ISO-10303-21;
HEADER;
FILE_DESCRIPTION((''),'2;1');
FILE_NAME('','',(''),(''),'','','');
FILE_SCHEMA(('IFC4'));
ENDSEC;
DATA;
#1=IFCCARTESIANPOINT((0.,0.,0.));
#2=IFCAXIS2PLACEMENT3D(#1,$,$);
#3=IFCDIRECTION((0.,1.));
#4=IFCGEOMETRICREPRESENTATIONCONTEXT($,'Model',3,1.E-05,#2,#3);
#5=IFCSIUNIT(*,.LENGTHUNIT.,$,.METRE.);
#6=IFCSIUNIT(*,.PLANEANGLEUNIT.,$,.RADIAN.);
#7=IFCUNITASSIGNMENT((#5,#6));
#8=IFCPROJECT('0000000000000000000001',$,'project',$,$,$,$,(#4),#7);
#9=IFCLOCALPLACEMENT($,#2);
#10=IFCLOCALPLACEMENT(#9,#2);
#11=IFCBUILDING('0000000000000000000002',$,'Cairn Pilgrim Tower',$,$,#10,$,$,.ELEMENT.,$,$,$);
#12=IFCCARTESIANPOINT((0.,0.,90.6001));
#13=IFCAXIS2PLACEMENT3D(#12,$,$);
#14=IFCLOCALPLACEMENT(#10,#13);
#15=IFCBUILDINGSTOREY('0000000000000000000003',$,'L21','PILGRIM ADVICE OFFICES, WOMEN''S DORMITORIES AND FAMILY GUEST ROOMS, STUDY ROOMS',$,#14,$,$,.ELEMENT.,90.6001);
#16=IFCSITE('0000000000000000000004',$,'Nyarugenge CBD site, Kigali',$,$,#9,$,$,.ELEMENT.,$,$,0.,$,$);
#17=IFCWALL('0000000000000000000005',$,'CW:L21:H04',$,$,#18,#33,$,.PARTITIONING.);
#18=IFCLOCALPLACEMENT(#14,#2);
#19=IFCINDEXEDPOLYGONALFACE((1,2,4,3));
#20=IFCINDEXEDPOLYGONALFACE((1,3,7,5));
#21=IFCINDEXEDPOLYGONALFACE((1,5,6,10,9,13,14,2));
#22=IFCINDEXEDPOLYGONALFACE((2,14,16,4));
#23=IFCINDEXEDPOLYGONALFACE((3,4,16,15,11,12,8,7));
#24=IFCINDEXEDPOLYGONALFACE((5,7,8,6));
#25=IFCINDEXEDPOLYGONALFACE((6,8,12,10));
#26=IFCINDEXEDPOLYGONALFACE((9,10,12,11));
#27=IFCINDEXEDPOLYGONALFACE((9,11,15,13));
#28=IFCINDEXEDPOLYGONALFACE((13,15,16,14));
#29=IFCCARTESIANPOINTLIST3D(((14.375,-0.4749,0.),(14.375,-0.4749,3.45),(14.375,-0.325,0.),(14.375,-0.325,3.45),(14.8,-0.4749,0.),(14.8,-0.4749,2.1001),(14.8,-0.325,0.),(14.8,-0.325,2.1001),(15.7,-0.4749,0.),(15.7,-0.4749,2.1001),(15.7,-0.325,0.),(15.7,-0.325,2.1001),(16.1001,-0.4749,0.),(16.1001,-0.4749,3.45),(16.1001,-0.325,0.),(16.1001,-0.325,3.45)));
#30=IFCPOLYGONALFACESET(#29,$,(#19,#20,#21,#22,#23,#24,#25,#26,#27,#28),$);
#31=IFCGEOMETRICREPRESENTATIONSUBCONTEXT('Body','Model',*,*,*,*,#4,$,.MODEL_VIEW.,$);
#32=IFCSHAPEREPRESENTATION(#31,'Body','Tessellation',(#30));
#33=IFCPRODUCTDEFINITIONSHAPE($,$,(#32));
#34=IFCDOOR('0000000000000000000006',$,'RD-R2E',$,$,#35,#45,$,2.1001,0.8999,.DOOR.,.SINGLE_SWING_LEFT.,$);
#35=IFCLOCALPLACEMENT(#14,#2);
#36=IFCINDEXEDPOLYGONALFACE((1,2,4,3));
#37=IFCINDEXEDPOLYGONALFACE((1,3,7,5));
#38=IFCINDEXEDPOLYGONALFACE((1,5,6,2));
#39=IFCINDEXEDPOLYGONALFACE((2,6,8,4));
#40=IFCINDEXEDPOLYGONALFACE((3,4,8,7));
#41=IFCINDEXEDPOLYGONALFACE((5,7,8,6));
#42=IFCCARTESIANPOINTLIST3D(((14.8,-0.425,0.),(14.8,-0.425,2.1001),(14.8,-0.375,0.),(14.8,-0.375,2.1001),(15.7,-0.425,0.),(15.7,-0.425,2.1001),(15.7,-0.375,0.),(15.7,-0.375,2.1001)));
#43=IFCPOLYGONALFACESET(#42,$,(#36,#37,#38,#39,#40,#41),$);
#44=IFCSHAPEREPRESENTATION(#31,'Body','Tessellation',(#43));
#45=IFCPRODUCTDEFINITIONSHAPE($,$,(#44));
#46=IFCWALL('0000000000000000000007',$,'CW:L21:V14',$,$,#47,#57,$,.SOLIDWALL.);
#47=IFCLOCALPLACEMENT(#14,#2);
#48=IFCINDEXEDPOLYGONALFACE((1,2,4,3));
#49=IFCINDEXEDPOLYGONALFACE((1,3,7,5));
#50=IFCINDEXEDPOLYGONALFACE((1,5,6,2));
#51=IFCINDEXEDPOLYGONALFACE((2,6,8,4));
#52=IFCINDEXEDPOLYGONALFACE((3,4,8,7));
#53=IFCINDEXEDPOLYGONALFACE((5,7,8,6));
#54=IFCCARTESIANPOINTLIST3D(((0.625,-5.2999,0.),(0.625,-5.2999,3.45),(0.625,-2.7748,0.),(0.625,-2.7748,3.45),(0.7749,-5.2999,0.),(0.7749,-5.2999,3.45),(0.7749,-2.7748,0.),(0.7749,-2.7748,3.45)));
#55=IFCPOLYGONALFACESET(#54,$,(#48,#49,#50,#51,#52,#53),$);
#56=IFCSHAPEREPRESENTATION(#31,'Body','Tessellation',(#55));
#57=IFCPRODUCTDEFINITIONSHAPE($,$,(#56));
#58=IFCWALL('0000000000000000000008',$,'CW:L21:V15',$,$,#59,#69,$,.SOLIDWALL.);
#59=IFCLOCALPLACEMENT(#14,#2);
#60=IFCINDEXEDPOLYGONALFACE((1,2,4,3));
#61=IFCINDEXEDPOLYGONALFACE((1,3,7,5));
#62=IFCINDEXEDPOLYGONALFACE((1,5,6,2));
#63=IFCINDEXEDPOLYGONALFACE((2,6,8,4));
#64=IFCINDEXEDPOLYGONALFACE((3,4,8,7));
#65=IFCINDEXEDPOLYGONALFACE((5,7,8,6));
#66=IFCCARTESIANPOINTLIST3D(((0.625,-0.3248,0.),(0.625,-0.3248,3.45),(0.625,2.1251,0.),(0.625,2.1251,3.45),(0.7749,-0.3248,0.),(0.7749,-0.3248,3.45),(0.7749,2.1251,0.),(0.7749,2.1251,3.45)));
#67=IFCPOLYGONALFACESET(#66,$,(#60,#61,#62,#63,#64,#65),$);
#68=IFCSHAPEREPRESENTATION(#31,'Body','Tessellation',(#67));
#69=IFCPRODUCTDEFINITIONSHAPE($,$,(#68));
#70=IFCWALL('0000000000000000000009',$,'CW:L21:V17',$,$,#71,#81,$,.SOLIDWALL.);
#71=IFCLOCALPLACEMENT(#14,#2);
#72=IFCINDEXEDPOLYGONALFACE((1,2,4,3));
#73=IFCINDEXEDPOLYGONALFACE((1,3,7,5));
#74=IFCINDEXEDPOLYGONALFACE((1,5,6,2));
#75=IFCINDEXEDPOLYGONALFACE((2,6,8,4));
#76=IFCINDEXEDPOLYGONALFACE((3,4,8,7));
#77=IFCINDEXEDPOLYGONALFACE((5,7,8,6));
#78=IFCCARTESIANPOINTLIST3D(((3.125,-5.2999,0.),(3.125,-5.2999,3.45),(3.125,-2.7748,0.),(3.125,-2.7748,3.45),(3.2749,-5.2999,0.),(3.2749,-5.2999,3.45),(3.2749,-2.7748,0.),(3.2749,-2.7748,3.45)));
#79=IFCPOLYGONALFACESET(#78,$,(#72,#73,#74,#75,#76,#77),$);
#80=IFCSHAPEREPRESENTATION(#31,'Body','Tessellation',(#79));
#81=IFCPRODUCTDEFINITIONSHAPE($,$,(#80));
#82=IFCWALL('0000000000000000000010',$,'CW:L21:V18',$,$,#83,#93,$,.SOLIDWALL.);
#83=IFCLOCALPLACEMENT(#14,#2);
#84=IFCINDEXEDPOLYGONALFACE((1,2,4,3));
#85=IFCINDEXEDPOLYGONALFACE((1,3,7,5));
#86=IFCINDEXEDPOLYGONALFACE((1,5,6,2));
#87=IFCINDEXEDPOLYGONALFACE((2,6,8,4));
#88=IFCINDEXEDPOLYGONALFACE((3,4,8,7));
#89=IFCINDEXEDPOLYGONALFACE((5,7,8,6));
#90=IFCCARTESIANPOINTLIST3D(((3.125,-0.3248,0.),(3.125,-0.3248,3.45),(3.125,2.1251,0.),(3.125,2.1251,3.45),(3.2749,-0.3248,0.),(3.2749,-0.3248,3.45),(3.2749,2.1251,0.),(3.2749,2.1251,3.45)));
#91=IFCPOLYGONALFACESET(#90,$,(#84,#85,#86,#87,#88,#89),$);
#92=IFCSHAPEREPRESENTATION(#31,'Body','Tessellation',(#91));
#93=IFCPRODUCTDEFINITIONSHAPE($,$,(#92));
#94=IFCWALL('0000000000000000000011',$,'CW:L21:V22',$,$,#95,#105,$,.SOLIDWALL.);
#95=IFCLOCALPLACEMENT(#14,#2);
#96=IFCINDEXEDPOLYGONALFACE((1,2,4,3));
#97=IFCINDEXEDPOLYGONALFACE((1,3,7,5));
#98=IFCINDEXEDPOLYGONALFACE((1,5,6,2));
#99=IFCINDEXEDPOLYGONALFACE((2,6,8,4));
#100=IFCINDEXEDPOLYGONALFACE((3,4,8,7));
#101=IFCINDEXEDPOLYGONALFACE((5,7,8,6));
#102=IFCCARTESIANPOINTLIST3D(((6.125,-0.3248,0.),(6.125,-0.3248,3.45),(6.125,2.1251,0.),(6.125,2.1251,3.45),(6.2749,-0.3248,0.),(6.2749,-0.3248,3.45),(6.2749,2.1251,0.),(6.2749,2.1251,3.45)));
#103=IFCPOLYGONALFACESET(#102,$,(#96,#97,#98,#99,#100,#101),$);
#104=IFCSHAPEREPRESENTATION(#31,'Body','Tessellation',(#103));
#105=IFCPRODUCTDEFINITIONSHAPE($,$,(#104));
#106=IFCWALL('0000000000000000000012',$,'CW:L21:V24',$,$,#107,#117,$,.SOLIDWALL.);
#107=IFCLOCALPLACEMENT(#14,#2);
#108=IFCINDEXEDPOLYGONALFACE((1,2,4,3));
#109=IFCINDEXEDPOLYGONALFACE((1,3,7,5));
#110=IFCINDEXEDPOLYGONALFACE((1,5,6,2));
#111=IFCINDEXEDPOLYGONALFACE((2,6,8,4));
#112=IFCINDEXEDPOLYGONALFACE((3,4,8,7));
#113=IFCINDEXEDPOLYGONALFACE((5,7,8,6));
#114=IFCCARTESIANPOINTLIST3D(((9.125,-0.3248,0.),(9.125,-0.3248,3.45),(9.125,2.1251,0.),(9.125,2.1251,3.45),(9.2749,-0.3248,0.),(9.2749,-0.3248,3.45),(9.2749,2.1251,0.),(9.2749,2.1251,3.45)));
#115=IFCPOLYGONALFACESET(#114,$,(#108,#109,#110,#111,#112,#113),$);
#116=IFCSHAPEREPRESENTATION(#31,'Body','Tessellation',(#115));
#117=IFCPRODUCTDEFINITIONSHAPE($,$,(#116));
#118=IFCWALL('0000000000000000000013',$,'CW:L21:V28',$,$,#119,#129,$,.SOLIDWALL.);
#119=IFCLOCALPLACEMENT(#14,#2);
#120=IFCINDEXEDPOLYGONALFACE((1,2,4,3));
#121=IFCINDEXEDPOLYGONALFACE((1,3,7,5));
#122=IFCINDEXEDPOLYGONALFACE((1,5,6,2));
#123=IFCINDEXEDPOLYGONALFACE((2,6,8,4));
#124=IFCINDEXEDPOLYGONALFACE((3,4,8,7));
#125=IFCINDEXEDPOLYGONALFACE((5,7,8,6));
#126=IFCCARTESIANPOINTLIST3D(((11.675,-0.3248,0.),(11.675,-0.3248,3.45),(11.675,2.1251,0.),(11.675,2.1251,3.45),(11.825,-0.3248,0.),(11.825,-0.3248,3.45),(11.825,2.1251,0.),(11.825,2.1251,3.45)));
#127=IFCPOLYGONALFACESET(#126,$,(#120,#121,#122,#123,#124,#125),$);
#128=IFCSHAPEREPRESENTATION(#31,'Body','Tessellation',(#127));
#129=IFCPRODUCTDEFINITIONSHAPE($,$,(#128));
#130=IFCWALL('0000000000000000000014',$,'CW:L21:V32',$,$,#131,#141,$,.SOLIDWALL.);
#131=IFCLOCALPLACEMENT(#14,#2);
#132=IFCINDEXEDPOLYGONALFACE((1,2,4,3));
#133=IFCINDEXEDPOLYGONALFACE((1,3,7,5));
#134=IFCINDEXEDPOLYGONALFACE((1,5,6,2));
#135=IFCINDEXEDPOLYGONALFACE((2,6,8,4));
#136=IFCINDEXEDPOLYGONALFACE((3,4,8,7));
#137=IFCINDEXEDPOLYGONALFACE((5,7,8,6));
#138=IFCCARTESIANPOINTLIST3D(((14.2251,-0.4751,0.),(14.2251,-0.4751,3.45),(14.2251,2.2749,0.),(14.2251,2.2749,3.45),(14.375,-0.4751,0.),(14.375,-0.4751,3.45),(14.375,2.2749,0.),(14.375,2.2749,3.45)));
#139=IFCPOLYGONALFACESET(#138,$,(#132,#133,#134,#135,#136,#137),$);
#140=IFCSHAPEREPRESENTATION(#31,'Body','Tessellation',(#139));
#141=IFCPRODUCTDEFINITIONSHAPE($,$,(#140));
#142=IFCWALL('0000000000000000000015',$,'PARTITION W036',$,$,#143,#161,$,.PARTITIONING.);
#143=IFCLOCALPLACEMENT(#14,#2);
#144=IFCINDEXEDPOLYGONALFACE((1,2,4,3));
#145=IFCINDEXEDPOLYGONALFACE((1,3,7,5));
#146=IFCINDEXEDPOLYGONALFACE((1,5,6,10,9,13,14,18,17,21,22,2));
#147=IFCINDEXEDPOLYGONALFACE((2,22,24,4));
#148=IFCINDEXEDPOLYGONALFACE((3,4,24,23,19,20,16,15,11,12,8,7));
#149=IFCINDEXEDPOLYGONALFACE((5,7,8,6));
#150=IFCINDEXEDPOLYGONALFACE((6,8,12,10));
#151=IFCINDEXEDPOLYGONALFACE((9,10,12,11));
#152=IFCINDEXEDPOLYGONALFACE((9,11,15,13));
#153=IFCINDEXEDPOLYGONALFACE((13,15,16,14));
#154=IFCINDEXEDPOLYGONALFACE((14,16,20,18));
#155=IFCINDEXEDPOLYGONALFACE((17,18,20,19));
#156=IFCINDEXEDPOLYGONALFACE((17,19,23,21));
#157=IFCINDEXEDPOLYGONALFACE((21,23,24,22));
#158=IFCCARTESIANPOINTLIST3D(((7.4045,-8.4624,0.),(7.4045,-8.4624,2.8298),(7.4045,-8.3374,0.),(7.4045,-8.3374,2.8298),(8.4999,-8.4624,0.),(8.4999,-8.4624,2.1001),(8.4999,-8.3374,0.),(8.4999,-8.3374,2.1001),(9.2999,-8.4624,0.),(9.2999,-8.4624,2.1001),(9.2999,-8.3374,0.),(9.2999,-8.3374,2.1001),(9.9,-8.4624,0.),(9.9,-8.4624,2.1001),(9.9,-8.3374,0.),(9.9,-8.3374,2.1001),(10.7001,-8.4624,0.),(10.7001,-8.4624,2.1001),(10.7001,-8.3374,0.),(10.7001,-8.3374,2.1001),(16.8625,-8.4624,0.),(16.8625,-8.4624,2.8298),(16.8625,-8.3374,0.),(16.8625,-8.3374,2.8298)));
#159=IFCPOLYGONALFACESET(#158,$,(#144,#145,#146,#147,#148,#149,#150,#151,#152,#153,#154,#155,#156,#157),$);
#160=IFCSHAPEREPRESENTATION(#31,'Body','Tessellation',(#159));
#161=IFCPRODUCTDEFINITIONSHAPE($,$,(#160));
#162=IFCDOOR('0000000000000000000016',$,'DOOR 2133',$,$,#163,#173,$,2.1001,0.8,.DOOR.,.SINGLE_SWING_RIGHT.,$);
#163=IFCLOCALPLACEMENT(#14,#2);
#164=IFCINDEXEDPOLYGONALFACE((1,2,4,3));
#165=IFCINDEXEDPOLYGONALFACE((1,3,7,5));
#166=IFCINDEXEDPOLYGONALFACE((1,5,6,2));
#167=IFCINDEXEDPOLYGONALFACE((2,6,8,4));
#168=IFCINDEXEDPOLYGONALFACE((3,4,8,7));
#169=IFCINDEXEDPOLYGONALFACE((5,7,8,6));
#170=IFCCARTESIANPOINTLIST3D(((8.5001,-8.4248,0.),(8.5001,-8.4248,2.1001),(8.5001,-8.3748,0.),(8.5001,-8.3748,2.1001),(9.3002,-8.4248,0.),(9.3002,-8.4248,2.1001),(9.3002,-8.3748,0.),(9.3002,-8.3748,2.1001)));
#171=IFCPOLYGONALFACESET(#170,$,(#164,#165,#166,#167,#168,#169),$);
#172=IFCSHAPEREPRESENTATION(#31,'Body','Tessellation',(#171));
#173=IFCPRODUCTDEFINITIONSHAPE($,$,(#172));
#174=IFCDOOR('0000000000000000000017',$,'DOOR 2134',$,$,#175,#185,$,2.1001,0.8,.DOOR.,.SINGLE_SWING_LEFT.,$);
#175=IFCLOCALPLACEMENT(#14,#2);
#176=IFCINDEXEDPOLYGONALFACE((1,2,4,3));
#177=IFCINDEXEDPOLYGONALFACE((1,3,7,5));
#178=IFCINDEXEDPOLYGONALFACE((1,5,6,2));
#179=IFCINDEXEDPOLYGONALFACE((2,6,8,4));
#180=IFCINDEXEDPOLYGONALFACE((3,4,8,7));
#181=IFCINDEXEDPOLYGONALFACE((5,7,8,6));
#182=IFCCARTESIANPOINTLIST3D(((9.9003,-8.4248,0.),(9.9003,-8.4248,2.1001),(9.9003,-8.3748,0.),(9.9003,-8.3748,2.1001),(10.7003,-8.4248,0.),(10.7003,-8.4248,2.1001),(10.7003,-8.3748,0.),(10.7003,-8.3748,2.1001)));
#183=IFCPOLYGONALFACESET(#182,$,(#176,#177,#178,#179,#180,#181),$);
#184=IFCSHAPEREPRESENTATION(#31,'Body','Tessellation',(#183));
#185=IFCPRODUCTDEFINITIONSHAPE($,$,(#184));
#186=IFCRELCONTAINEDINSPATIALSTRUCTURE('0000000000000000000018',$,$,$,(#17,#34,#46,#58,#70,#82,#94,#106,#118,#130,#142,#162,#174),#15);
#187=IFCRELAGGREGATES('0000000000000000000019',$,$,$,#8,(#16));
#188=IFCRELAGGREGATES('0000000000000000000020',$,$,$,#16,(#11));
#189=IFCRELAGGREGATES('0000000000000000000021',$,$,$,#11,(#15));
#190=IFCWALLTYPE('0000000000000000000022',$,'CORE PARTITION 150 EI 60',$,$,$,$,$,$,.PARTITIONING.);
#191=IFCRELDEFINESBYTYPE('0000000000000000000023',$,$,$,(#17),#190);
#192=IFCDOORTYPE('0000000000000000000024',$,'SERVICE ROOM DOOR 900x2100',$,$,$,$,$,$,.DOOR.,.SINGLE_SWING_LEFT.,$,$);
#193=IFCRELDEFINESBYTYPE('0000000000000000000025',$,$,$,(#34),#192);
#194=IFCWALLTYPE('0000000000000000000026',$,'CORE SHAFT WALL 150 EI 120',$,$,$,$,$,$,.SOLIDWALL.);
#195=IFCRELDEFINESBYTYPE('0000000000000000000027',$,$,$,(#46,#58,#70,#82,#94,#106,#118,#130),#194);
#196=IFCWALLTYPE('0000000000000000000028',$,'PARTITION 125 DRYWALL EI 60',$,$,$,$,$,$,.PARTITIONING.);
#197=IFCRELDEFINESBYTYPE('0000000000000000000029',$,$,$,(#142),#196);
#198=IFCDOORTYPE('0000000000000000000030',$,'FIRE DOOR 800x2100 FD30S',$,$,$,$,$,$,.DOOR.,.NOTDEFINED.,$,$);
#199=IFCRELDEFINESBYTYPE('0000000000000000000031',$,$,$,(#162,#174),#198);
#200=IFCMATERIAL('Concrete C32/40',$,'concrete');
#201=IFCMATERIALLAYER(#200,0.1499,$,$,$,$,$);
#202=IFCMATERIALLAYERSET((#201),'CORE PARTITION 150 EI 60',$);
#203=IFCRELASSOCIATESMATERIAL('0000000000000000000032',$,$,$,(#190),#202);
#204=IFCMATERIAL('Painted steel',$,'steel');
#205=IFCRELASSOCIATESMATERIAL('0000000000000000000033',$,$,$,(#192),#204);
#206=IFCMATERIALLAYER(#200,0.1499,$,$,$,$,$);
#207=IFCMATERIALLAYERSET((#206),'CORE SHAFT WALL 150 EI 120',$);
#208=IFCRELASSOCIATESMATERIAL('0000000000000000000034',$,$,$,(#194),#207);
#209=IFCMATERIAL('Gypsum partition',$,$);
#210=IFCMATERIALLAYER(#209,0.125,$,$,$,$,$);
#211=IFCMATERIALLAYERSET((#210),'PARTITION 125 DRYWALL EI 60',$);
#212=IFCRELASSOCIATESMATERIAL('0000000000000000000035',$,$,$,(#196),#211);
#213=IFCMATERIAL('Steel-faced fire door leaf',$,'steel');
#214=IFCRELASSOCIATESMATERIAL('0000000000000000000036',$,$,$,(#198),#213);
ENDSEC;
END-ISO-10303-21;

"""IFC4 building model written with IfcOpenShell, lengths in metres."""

from ifc_helpers import new_model, si_unit, direction, frame, frame_2d, origin, place, context, subcontext, project, spatial, rectangle, extrude, material, layer, layer_set, type_object, element, fill, save


model = new_model("IFC4")

# Units and contexts
model_context = context("Model", 3, precision=1e-05, world=origin(), true_north=direction((0.0, 1.0)))
body_context = subcontext(model_context, "Body", "Model", "MODEL_VIEW")
ifc_project = project(units=[si_unit("LENGTHUNIT", "METRE"), si_unit("PLANEANGLEUNIT", "RADIAN")], contexts=[model_context])

# Site, building, storey
site_placement = place(None, origin())
site = spatial("IfcSite", under=ifc_project, at=site_placement, Name="Nyarugenge CBD site, Kigali", CompositionType="ELEMENT", RefElevation=0.0)
building_placement = place(site_placement, origin())
building = spatial("IfcBuilding", under=site, at=building_placement, Name="Cairn Pilgrim Tower", CompositionType="ELEMENT")
storey_placement = place(building_placement, frame((0.0, 0.0, 90.6001)))
storey = spatial("IfcBuildingStorey", under=building, at=storey_placement, Name="L21", Description="PILGRIM ADVICE OFFICES, WOMEN'S DORMITORIES AND FAMILY GUEST ROOMS, STUDY ROOMS", CompositionType="ELEMENT", Elevation=90.6001)

# Shared definitions
ifc_material_1 = material(Name="Concrete C32/40", Category="concrete")

# Wall, opening, door
ifc_layer_1 = layer(ifc_material_1, 0.1499)
ifc_layer_set_1 = layer_set([ifc_layer_1], Name="CORE PARTITION 150 EI 60")
wall_type_1 = type_object("IfcWallType", Name="CORE PARTITION 150 EI 60", PredefinedType="PARTITIONING", material=ifc_layer_set_1)
wall_1_placement = place(storey_placement, frame((14.375, -0.3999, 0.0), z_axis=(0.0, 0.0, 1.0), x_axis=(1.0, 0.0, 0.0)))
wall_1 = element("IfcWall", 1, at=wall_1_placement, inside=storey, type_object=wall_type_1, Name="CW:L21:H04", PredefinedType="PARTITIONING", context=body_context, shape_type="SweptSolid", body=[
    extrude(rectangle(XDim=1.7251, YDim=0.1499, at=frame_2d((0.8625, 0.0))), origin(), (0.0, 0.0, 1.0), 3.45),
])
opening_1_placement = place(wall_1_placement, frame((0.425, 0.0, 0.0)))
opening_1 = element("IfcOpeningElement", 2, at=opening_1_placement, cuts=wall_1, PredefinedType="OPENING", context=body_context, shape_type="SweptSolid", body=[
    extrude(rectangle(XDim=0.8999, YDim=2.1001, at=frame_2d((0.45, 1.05))), frame((0.0, 0.085, 0.0), z_axis=(0.0, -1.0, 0.0), x_axis=(1.0, 0.0, 0.0)), (0.0, 0.0, 1.0), 0.1699),
])
ifc_material_2 = material(Name="Painted steel", Category="steel")
door_type_1 = type_object("IfcDoorType", Name="SERVICE ROOM DOOR 900x2100", OperationType="SINGLE_SWING_LEFT", PredefinedType="DOOR", material=ifc_material_2)
door_1_placement = place(opening_1_placement, origin())
door_1 = element("IfcDoor", 3, at=door_1_placement, inside=storey, type_object=door_type_1, Name="RD-R2E", OperationType="SINGLE_SWING_LEFT", OverallHeight=2.1001, OverallWidth=0.8999, PredefinedType="DOOR", context=body_context, shape_type="SweptSolid", body=[
    extrude(rectangle(XDim=0.8999, YDim=2.1001, at=frame_2d((0.45, 1.05))), frame((0.0, 0.0249, 0.0), z_axis=(0.0, -1.0, 0.0), x_axis=(1.0, 0.0, 0.0)), (0.0, 0.0, 1.0), 0.05),
])
fill(opening_1, door_1)

# Walls
ifc_layer_2 = layer(ifc_material_1, 0.1499)
ifc_layer_set_2 = layer_set([ifc_layer_2], Name="CORE SHAFT WALL 150 EI 120")
wall_type_2 = type_object("IfcWallType", Name="CORE SHAFT WALL 150 EI 120", PredefinedType="SOLIDWALL", material=ifc_layer_set_2)
wall_2_placement = place(storey_placement, frame((0.7, -5.3, 0.0), z_axis=(0.0, 0.0, 1.0), x_axis=(0.0, 1.0, 0.0)))
element("IfcWall", 4, at=wall_2_placement, inside=storey, type_object=wall_type_2, Name="CW:L21:V14", PredefinedType="SOLIDWALL", context=body_context, shape_type="SweptSolid", body=[
    extrude(rectangle(XDim=2.5251, YDim=0.1499, at=frame_2d((1.2627, 0.0))), origin(), (0.0, 0.0, 1.0), 3.45),
])
wall_3_placement = place(storey_placement, frame((0.7, -0.325, 0.0), z_axis=(0.0, 0.0, 1.0), x_axis=(0.0, 1.0, 0.0)))
element("IfcWall", 5, at=wall_3_placement, inside=storey, type_object=wall_type_2, Name="CW:L21:V15", PredefinedType="SOLIDWALL", context=body_context, shape_type="SweptSolid", body=[
    extrude(rectangle(XDim=2.45, YDim=0.1499, at=frame_2d((1.2251, 0.0))), origin(), (0.0, 0.0, 1.0), 3.45),
])
wall_4_placement = place(storey_placement, frame((3.2, -5.3, 0.0), z_axis=(0.0, 0.0, 1.0), x_axis=(0.0, 1.0, 0.0)))
element("IfcWall", 6, at=wall_4_placement, inside=storey, type_object=wall_type_2, Name="CW:L21:V17", PredefinedType="SOLIDWALL", context=body_context, shape_type="SweptSolid", body=[
    extrude(rectangle(XDim=2.5251, YDim=0.1499, at=frame_2d((1.2627, 0.0))), origin(), (0.0, 0.0, 1.0), 3.45),
])
for number, where, z_axis, x_axis, name in (
    (7, (3.2, -0.325, 0.0), (0.0, 0.0, 1.0), (0.0, 1.0, 0.0), "CW:L21:V18"),
    (8, (6.2, -0.325, 0.0), (0.0, 0.0, 1.0), (0.0, 1.0, 0.0), "CW:L21:V22"),
    (9, (9.2, -0.325, 0.0), (0.0, 0.0, 1.0), (0.0, 1.0, 0.0), "CW:L21:V24"),
    (10, (11.75, -0.325, 0.0), (0.0, 0.0, 1.0), (0.0, 1.0, 0.0), "CW:L21:V28"),
):
    element("IfcWall", number, at=place(storey_placement, frame(where, z_axis=z_axis, x_axis=x_axis)), inside=storey, type_object=wall_type_2, Name=name, PredefinedType="SOLIDWALL", context=body_context, shape_type="SweptSolid", body=[
        extrude(rectangle(XDim=2.45, YDim=0.1499, at=frame_2d((1.2251, 0.0))), origin(), (0.0, 0.0, 1.0), 3.45),
    ])
wall_5_placement = place(storey_placement, frame((14.3, -0.4751, 0.0), z_axis=(0.0, 0.0, 1.0), x_axis=(0.0, 1.0, 0.0)))
element("IfcWall", 11, at=wall_5_placement, inside=storey, type_object=wall_type_2, Name="CW:L21:V32", PredefinedType="SOLIDWALL", context=body_context, shape_type="SweptSolid", body=[
    extrude(rectangle(XDim=2.75, YDim=0.1499, at=frame_2d((1.375, 0.0))), origin(), (0.0, 0.0, 1.0), 3.45),
])

# Wall, openings, doors
ifc_material_3 = material(Name="Gypsum partition")
ifc_layer_3 = layer(ifc_material_3, 0.125)
ifc_layer_set_3 = layer_set([ifc_layer_3], Name="PARTITION 125 DRYWALL EI 60")
wall_type_3 = type_object("IfcWallType", Name="PARTITION 125 DRYWALL EI 60", PredefinedType="PARTITIONING", material=ifc_layer_set_3)
wall_6_placement = place(storey_placement, frame((7.4045, -8.3999, 0.0), z_axis=(0.0, 0.0, 1.0), x_axis=(1.0, 0.0, 0.0)))
wall_6 = element("IfcWall", 12, at=wall_6_placement, inside=storey, type_object=wall_type_3, Name="PARTITION W036", PredefinedType="PARTITIONING", context=body_context, shape_type="SweptSolid", body=[
    extrude(rectangle(XDim=9.458, YDim=0.125, at=frame_2d((4.729, 0.0))), origin(), (0.0, 0.0, 1.0), 2.8298),
])
opening_2_placement = place(wall_6_placement, frame((1.0955, 0.0, 0.0)))
opening_2 = element("IfcOpeningElement", 13, at=opening_2_placement, cuts=wall_6, PredefinedType="OPENING", context=body_context, shape_type="SweptSolid", body=[
    extrude(rectangle(XDim=0.8, YDim=2.1001, at=frame_2d((0.3999, 1.05))), frame((0.0, 0.0725, 0.0), z_axis=(0.0, -1.0, 0.0), x_axis=(1.0, 0.0, 0.0)), (0.0, 0.0, 1.0), 0.145),
])
opening_3_placement = place(wall_6_placement, frame((2.4956, 0.0, 0.0)))
opening_3 = element("IfcOpeningElement", 14, at=opening_3_placement, cuts=wall_6, PredefinedType="OPENING", context=body_context, shape_type="SweptSolid", body=[
    extrude(rectangle(XDim=0.8, YDim=2.1001, at=frame_2d((0.3999, 1.05))), frame((0.0, 0.0725, 0.0), z_axis=(0.0, -1.0, 0.0), x_axis=(1.0, 0.0, 0.0)), (0.0, 0.0, 1.0), 0.145),
])
ifc_material_4 = material(Name="Steel-faced fire door leaf", Category="steel")
door_type_2 = type_object("IfcDoorType", Name="FIRE DOOR 800x2100 FD30S", OperationType="NOTDEFINED", PredefinedType="DOOR", material=ifc_material_4)
door_2_placement = place(opening_2_placement, frame((0.8, 0.0, 0.0), z_axis=(0.0, 0.0, 1.0), x_axis=(-1.0, 0.0, 0.0)))
door_2 = element("IfcDoor", 15, at=door_2_placement, inside=storey, type_object=door_type_2, Name="DOOR 2133", OperationType="SINGLE_SWING_RIGHT", OverallHeight=2.1001, OverallWidth=0.8, PredefinedType="DOOR", context=body_context, shape_type="SweptSolid", body=[
    extrude(rectangle(XDim=0.8, YDim=2.1001, at=frame_2d((0.3999, 1.05))), frame((0.0, 0.0249, 0.0), z_axis=(0.0, -1.0, 0.0), x_axis=(1.0, 0.0, 0.0)), (0.0, 0.0, 1.0), 0.05),
])
fill(opening_2, door_2)
door_3_placement = place(opening_3_placement, frame((0.8, 0.0, 0.0), z_axis=(0.0, 0.0, 1.0), x_axis=(-1.0, 0.0, 0.0)))
door_3 = element("IfcDoor", 16, at=door_3_placement, inside=storey, type_object=door_type_2, Name="DOOR 2134", OperationType="SINGLE_SWING_LEFT", OverallHeight=2.1001, OverallWidth=0.8, PredefinedType="DOOR", context=body_context, shape_type="SweptSolid", body=[
    extrude(rectangle(XDim=0.8, YDim=2.1001, at=frame_2d((0.3999, 1.05))), frame((0.0, 0.0249, 0.0), z_axis=(0.0, -1.0, 0.0), x_axis=(1.0, 0.0, 0.0)), (0.0, 0.0, 1.0), 0.05),
])
fill(opening_3, door_3)

save(model, "model.ifc")
